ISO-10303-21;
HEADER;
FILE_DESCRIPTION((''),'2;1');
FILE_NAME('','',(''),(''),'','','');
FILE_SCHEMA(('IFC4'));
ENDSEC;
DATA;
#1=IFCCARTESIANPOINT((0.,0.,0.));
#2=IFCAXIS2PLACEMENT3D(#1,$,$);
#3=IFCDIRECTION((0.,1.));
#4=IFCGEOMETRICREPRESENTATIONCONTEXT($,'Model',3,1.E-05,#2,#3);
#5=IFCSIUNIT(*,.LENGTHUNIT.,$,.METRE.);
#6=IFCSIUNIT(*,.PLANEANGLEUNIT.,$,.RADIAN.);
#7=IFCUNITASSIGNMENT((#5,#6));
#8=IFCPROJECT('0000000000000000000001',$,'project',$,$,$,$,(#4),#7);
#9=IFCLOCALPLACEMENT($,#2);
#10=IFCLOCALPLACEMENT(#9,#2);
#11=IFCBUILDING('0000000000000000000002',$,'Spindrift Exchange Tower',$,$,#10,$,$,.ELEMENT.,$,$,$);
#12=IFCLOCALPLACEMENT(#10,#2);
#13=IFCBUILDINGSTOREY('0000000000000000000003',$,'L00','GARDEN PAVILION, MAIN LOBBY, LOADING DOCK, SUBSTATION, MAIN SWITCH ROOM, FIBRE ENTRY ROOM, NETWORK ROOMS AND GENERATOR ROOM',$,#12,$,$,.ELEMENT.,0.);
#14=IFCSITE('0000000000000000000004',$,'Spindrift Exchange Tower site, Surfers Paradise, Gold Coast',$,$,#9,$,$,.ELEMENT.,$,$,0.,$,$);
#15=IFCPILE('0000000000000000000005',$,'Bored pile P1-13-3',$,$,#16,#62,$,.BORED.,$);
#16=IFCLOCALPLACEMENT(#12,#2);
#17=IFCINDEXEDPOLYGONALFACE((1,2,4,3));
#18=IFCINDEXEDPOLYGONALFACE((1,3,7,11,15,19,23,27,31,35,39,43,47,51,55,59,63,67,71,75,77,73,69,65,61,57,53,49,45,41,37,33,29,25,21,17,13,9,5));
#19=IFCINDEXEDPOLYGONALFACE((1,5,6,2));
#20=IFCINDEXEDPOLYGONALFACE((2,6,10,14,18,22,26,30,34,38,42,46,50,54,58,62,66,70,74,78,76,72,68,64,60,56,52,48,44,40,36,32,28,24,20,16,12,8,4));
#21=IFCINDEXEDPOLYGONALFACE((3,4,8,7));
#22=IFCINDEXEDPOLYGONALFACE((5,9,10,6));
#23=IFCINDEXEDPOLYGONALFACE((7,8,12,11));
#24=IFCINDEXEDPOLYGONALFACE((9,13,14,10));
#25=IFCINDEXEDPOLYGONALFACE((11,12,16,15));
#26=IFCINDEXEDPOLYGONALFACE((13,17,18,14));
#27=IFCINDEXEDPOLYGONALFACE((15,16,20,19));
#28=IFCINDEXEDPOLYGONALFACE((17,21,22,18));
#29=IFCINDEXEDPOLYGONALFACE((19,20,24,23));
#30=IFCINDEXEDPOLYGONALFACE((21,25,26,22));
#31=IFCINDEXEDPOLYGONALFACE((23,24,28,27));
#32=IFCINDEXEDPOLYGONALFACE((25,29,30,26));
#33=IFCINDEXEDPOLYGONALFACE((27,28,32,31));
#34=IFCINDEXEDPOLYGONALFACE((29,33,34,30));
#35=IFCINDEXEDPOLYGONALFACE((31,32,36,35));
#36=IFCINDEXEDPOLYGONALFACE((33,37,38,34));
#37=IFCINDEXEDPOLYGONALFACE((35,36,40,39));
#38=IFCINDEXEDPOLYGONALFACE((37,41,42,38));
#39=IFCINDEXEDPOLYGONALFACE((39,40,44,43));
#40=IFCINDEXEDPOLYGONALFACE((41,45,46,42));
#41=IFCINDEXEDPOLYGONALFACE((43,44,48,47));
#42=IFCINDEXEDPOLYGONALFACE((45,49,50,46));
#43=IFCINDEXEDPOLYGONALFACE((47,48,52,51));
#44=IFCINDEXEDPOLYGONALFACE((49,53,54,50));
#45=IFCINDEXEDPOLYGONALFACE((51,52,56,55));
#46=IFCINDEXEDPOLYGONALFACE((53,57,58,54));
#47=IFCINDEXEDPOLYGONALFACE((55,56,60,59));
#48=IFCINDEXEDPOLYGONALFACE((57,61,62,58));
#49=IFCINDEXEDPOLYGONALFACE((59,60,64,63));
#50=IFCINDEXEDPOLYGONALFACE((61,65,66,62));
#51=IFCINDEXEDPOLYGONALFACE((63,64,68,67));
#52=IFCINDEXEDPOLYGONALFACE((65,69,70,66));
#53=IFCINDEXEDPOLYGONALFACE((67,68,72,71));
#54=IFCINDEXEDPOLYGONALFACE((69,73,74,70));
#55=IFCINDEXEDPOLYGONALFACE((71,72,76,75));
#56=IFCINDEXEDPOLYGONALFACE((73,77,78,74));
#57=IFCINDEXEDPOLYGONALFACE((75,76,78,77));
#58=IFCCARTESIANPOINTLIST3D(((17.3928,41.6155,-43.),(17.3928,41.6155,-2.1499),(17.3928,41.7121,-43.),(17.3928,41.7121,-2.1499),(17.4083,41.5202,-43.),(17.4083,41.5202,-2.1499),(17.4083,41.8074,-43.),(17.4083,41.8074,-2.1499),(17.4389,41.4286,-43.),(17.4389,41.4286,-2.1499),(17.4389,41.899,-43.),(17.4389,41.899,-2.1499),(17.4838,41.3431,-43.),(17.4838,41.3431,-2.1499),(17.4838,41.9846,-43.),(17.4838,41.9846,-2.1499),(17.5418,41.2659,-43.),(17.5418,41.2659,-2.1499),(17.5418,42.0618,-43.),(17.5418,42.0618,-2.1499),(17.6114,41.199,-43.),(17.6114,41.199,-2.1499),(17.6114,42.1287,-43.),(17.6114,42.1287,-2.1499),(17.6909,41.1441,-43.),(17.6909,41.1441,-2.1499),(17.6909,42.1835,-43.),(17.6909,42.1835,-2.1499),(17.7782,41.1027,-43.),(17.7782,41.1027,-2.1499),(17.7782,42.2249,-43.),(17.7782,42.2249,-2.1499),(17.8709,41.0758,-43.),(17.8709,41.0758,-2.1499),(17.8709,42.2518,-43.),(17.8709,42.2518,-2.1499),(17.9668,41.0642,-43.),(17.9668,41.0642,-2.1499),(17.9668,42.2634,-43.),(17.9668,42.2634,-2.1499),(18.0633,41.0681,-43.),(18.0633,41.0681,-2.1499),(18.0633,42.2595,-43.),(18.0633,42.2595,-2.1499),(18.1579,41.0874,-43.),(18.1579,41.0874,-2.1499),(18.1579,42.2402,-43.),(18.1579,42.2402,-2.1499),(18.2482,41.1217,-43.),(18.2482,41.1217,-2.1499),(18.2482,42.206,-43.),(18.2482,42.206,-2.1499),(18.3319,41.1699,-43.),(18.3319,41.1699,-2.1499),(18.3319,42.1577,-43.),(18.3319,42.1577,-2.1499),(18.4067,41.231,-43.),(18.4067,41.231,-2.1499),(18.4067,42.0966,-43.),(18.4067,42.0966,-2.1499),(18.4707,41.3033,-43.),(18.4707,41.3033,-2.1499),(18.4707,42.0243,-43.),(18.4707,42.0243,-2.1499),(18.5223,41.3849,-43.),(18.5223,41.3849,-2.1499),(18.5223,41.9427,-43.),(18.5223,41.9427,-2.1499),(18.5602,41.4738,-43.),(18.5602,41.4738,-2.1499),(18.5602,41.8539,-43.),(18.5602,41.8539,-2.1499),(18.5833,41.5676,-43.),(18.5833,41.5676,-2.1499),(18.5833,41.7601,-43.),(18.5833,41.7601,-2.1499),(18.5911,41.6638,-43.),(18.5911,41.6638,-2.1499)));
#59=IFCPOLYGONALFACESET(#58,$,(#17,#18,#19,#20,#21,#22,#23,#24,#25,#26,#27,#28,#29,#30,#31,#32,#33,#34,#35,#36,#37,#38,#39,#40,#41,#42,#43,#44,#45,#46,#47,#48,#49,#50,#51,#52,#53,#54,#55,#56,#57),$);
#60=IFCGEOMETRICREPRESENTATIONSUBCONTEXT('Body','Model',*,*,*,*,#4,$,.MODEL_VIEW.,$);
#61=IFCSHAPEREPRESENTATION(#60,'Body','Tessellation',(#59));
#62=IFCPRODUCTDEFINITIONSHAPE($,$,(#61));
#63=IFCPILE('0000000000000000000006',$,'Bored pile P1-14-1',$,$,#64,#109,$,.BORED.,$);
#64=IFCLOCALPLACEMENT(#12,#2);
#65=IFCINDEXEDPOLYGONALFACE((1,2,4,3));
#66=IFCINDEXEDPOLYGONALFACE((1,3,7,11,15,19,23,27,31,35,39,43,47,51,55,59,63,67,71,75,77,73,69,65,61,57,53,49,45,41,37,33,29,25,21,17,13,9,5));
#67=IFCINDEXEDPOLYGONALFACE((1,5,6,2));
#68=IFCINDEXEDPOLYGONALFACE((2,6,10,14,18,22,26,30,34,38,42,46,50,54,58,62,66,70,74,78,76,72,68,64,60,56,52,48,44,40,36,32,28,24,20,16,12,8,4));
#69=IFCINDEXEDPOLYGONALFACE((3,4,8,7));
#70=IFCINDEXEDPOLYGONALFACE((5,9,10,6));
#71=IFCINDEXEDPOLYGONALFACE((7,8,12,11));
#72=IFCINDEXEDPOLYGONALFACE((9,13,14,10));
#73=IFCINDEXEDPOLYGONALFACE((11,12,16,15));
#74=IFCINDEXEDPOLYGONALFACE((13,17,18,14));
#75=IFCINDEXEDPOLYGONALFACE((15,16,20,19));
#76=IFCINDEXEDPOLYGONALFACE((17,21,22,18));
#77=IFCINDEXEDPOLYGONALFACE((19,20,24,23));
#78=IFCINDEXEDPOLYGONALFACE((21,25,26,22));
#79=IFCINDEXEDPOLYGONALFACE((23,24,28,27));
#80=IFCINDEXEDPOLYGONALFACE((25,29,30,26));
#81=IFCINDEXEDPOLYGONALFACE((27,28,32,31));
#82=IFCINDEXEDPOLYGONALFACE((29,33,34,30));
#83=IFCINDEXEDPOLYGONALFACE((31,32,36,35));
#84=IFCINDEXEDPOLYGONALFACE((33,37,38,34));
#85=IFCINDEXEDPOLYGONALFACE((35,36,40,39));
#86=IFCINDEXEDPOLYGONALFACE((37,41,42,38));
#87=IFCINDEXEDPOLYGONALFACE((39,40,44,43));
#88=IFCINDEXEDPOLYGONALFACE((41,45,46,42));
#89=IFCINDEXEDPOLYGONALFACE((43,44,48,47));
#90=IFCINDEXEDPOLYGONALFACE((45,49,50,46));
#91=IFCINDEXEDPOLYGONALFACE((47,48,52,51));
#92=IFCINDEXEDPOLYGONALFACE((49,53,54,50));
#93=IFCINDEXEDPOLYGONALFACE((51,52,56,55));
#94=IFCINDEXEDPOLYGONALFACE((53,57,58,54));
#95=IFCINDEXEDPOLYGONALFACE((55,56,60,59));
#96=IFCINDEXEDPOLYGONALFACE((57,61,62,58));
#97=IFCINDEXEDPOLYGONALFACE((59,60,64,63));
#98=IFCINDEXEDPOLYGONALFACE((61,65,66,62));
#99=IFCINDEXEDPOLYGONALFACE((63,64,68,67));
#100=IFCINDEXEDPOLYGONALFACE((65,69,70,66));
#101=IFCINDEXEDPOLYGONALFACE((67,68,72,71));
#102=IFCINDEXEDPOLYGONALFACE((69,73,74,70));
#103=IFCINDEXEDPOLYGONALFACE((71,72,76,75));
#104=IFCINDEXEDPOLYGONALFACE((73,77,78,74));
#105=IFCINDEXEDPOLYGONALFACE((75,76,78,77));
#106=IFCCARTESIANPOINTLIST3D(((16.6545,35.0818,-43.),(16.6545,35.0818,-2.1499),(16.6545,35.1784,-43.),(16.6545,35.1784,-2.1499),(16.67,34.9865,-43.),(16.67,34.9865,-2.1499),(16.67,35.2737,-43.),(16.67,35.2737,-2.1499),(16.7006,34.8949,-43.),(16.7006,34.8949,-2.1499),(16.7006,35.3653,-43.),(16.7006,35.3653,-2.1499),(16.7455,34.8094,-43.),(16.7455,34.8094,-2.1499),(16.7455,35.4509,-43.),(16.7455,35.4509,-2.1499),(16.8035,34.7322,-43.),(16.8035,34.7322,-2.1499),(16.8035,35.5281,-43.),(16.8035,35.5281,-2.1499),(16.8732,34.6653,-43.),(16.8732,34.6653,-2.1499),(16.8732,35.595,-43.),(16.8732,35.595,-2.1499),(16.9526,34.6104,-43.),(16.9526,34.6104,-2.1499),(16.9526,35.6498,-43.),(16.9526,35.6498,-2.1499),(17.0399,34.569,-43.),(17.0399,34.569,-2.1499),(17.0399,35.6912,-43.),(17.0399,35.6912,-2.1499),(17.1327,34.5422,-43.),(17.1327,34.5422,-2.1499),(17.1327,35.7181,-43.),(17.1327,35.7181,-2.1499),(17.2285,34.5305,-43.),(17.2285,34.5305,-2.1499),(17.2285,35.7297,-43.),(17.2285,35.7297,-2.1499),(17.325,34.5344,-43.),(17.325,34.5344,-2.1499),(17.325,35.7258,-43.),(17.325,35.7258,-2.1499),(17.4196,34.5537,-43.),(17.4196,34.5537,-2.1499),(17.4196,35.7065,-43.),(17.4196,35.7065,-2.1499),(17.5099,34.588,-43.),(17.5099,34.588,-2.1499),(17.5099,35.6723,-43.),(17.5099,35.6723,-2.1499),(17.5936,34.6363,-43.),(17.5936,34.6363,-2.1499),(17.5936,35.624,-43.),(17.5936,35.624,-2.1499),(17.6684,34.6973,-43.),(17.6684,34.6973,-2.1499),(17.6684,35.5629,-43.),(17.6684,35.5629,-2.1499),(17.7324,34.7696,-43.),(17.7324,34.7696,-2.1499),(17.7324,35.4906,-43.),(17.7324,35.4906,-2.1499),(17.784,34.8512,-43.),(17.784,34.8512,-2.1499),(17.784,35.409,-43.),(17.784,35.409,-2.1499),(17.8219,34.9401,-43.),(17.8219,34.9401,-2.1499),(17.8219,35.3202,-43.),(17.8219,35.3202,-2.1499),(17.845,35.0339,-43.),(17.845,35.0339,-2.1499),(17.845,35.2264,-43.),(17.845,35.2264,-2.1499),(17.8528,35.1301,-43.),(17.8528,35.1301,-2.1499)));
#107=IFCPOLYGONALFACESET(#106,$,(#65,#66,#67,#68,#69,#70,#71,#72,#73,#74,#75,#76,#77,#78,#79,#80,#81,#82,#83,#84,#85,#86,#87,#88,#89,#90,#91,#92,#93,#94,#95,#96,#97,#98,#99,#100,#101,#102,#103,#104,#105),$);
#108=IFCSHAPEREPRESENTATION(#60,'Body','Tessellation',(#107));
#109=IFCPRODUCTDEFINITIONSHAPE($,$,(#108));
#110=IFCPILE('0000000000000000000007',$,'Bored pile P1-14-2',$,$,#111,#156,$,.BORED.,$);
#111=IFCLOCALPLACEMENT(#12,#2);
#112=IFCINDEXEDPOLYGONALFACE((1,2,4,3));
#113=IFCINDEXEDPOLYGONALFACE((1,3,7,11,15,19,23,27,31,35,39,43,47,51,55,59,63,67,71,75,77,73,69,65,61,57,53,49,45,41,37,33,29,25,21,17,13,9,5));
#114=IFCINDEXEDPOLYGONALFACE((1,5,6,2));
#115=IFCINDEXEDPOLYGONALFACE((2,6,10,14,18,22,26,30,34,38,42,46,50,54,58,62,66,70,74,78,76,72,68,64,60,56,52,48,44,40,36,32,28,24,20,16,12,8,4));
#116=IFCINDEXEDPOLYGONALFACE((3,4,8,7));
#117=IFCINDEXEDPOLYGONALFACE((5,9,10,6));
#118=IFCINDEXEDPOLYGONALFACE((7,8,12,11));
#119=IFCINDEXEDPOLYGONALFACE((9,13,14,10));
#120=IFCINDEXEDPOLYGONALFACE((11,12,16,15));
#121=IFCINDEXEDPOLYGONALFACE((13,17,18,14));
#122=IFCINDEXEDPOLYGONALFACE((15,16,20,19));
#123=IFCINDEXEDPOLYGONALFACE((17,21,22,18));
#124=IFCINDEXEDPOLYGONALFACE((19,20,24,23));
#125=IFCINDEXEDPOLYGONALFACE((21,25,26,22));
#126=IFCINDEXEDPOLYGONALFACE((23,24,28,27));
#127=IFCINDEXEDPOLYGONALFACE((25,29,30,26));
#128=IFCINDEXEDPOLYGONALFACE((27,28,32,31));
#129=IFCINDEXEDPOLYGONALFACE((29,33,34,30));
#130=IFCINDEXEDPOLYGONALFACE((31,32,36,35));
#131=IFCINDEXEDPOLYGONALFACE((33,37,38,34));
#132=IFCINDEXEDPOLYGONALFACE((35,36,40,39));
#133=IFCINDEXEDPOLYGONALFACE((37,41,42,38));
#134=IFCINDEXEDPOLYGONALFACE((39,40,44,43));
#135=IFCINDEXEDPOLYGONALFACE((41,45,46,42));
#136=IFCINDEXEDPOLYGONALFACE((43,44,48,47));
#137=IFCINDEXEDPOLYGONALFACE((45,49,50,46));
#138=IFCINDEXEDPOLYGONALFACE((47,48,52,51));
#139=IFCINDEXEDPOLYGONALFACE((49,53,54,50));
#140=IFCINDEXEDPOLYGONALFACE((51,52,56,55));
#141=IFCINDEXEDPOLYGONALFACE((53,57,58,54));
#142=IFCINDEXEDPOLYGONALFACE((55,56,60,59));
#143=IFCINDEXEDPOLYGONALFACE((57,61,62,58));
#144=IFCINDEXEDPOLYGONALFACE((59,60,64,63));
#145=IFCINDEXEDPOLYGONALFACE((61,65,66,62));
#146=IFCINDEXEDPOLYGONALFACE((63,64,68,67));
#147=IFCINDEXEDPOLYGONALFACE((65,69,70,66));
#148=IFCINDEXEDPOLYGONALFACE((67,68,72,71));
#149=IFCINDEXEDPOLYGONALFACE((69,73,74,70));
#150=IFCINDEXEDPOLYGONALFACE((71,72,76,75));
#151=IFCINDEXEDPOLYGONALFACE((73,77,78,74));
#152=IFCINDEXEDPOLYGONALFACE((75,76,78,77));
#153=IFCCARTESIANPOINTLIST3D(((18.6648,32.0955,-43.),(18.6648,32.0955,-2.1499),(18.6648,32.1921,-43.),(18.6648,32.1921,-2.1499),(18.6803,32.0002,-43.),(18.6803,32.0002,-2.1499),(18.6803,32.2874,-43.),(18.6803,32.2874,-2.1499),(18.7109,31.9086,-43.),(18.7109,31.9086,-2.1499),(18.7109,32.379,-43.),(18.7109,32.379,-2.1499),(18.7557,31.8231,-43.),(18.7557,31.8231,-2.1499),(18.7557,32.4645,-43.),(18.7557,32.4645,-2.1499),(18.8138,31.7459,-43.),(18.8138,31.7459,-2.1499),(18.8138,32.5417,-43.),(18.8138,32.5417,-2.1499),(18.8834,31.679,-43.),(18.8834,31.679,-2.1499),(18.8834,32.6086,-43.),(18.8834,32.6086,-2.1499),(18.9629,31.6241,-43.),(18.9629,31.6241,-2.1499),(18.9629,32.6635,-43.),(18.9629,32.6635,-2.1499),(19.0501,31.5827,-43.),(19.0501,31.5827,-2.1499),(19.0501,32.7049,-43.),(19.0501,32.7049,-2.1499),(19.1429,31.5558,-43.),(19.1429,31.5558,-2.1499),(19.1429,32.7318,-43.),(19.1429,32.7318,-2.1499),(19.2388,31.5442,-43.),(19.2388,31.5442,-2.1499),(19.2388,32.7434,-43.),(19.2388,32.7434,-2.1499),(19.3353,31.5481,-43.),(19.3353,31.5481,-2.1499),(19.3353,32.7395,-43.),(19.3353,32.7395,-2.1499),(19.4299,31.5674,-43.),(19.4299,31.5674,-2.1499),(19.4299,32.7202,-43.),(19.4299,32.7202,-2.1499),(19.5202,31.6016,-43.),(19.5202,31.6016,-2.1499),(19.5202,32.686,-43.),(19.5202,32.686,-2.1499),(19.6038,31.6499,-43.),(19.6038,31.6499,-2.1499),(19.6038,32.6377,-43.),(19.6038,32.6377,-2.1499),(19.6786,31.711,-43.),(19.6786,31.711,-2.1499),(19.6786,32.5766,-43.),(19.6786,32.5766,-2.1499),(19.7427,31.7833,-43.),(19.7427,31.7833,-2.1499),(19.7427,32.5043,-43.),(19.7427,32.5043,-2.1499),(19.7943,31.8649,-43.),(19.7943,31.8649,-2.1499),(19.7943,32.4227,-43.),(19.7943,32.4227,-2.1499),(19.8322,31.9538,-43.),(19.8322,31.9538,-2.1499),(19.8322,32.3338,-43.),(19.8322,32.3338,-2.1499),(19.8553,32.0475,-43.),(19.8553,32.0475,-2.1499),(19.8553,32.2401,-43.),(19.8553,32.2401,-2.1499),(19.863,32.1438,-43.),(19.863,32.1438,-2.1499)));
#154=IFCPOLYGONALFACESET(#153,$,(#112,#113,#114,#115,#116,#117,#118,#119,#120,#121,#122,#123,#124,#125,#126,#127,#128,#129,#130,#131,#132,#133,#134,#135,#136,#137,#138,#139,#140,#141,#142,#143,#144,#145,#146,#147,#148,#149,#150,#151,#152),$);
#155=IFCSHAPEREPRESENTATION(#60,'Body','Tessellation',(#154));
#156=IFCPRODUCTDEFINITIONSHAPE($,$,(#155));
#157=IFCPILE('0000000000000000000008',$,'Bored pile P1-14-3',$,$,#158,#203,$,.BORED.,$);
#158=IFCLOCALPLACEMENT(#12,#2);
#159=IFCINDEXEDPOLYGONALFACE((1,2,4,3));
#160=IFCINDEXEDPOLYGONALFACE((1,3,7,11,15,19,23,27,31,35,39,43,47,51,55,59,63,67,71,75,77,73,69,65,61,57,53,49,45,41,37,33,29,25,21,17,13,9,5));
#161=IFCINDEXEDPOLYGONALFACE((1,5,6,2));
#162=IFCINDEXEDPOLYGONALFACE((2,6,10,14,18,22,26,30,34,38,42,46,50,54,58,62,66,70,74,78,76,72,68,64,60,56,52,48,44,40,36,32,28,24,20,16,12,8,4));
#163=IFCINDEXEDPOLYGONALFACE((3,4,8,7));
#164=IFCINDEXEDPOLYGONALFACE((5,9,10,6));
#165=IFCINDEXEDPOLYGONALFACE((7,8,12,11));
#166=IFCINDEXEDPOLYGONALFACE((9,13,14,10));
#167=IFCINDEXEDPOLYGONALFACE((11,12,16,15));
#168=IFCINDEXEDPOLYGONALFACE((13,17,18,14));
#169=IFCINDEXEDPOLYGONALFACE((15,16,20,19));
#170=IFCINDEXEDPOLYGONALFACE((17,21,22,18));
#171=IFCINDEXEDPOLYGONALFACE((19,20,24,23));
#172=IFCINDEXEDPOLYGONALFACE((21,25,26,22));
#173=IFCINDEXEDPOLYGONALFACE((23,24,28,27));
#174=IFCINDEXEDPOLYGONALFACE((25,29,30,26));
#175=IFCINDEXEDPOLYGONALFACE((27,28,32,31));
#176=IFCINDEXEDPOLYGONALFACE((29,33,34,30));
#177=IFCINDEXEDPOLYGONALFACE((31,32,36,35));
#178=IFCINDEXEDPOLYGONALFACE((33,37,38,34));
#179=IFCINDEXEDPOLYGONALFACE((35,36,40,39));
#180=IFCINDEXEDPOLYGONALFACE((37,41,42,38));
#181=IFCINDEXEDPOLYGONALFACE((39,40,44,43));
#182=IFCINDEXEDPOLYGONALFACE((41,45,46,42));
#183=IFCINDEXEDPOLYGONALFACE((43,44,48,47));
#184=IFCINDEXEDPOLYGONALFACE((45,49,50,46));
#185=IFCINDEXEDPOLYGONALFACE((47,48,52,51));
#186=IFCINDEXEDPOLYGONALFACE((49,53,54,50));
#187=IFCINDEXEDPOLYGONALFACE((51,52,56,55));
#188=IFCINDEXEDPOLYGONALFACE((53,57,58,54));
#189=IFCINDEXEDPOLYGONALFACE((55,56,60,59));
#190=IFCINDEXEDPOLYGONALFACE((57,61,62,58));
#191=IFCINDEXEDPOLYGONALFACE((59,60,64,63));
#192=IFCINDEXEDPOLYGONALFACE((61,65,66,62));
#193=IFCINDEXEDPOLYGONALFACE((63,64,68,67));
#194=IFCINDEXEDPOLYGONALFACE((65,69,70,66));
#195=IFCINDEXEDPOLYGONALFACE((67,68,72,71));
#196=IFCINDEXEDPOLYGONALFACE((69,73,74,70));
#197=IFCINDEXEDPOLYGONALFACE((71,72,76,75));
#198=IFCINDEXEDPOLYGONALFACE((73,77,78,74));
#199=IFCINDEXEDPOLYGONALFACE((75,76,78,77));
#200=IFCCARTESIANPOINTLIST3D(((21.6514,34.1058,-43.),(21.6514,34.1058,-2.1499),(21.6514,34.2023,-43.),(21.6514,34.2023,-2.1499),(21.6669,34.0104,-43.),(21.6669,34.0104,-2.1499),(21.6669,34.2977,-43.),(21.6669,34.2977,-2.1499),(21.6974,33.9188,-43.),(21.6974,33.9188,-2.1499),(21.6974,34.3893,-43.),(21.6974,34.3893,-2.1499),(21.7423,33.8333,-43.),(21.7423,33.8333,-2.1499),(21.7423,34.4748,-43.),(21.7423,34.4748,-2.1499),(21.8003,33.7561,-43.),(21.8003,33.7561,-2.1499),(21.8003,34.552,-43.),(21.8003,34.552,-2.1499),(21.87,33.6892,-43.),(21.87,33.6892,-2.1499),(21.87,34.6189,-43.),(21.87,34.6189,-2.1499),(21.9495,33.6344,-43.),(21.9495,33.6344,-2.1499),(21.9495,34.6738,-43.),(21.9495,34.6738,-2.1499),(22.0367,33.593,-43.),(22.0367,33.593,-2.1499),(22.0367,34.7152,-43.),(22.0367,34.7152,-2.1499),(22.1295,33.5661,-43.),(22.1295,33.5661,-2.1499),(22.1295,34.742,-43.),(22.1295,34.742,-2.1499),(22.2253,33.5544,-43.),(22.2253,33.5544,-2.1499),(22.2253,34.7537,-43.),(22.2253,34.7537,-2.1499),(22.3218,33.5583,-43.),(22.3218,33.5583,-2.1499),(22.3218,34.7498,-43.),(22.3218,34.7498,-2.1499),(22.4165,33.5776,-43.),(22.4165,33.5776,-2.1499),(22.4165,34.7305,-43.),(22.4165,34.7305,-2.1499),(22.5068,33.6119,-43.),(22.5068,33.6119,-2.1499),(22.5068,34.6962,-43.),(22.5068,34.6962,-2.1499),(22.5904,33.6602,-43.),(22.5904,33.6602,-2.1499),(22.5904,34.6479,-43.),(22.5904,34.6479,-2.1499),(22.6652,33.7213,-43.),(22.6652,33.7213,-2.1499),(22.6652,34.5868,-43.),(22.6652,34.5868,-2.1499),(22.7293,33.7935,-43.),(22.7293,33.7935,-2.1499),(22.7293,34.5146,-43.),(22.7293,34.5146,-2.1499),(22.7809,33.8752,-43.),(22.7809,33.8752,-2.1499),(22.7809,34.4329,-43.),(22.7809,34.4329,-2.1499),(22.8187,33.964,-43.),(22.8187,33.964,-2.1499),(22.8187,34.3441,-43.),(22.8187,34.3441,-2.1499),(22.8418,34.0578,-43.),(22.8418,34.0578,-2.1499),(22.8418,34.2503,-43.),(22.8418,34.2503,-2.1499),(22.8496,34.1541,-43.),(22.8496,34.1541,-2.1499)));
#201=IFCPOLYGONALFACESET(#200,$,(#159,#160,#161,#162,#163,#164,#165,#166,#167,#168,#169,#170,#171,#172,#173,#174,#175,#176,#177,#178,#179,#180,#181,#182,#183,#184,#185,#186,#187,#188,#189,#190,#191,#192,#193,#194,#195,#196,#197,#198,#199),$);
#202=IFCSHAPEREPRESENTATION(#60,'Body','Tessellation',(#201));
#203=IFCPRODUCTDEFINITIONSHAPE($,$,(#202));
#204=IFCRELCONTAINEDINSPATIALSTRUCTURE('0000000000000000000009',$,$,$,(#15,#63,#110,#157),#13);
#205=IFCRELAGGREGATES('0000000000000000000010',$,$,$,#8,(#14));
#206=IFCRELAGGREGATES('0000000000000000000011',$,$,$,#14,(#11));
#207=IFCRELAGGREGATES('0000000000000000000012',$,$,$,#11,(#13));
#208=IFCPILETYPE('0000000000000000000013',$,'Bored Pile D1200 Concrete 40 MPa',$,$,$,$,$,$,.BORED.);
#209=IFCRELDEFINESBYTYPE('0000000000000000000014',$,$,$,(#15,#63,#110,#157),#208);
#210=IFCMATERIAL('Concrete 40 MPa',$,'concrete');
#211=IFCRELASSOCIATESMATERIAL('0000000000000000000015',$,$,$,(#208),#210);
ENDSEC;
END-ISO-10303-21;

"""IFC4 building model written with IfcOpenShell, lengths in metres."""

from ifc_helpers import new_model, si_unit, direction, frame, origin, origin_2d, place, context, subcontext, project, spatial, circle, extrude, source, transform, mapped, material, material_profile, profile_set, type_object, element, save


model = new_model("IFC4")

# Units and contexts
model_context = context("Model", 3, precision=1e-05, world=origin(), true_north=direction((0.0, 1.0)))
body_context = subcontext(model_context, "Body", "Model", "MODEL_VIEW")
ifc_project = project(units=[si_unit("LENGTHUNIT", "METRE"), si_unit("PLANEANGLEUNIT", "RADIAN")], contexts=[model_context])

# Site, building, storey
site_placement = place(None, origin())
site = spatial("IfcSite", under=ifc_project, at=site_placement, Name="Spindrift Exchange Tower site, Surfers Paradise, Gold Coast", CompositionType="ELEMENT", RefElevation=0.0)
building_placement = place(site_placement, origin())
building = spatial("IfcBuilding", under=site, at=building_placement, Name="Spindrift Exchange Tower", CompositionType="ELEMENT")
storey_placement = place(building_placement, origin())
storey = spatial("IfcBuildingStorey", under=building, at=storey_placement, Name="L00", Description="GARDEN PAVILION, MAIN LOBBY, LOADING DOCK, SUBSTATION, MAIN SWITCH ROOM, FIBRE ENTRY ROOM, NETWORK ROOMS AND GENERATOR ROOM", CompositionType="ELEMENT", Elevation=0.0)

# Piles
ifc_material_1 = material(Name="Concrete 40 MPa", Category="concrete")
ifc_material_profile_1 = material_profile(ifc_material_1, circle(Radius=0.6001, at=origin_2d()), Name="BP D1200")
ifc_profile_set_1 = profile_set([ifc_material_profile_1], Name="Concrete 40 MPa")
pile_type_1 = type_object("IfcPileType", Name="Bored Pile D1200 Concrete 40 MPa", PredefinedType="BORED", material=ifc_profile_set_1)
shared_shape_1 = source(origin(), body_context, "Body", "SweptSolid", [
    extrude(circle(Radius=0.6001, at=origin_2d()), origin(), (0.0, 0.0, 1.0), 40.8501),
])
for number, where, z_axis, x_axis, name in (
    (1, (17.991, 41.6638, -2.1499), (0.0, 0.0, -1.0), (1.0, 0.0, 0.0), "Bored pile P1-13-3"),
    (2, (17.2527, 35.1301, -2.1499), (0.0, 0.0, -1.0), (1.0, 0.0, 0.0), "Bored pile P1-14-1"),
    (3, (19.2629, 32.1438, -2.1499), (0.0, 0.0, -1.0), (1.0, 0.0, 0.0), "Bored pile P1-14-2"),
    (4, (22.2495, 34.1541, -2.1499), (0.0, 0.0, -1.0), (1.0, 0.0, 0.0), "Bored pile P1-14-3"),
):
    element("IfcPile", number, at=place(storey_placement, frame(where, z_axis=z_axis, x_axis=x_axis)), inside=storey, type_object=pile_type_1, Name=name, PredefinedType="BORED", context=body_context, shape_type="MappedRepresentation", body=[
        mapped(shared_shape_1, transform((0.0, 0.0, 0.0), scale=1.0)),
    ])

save(model, "model.ifc")
